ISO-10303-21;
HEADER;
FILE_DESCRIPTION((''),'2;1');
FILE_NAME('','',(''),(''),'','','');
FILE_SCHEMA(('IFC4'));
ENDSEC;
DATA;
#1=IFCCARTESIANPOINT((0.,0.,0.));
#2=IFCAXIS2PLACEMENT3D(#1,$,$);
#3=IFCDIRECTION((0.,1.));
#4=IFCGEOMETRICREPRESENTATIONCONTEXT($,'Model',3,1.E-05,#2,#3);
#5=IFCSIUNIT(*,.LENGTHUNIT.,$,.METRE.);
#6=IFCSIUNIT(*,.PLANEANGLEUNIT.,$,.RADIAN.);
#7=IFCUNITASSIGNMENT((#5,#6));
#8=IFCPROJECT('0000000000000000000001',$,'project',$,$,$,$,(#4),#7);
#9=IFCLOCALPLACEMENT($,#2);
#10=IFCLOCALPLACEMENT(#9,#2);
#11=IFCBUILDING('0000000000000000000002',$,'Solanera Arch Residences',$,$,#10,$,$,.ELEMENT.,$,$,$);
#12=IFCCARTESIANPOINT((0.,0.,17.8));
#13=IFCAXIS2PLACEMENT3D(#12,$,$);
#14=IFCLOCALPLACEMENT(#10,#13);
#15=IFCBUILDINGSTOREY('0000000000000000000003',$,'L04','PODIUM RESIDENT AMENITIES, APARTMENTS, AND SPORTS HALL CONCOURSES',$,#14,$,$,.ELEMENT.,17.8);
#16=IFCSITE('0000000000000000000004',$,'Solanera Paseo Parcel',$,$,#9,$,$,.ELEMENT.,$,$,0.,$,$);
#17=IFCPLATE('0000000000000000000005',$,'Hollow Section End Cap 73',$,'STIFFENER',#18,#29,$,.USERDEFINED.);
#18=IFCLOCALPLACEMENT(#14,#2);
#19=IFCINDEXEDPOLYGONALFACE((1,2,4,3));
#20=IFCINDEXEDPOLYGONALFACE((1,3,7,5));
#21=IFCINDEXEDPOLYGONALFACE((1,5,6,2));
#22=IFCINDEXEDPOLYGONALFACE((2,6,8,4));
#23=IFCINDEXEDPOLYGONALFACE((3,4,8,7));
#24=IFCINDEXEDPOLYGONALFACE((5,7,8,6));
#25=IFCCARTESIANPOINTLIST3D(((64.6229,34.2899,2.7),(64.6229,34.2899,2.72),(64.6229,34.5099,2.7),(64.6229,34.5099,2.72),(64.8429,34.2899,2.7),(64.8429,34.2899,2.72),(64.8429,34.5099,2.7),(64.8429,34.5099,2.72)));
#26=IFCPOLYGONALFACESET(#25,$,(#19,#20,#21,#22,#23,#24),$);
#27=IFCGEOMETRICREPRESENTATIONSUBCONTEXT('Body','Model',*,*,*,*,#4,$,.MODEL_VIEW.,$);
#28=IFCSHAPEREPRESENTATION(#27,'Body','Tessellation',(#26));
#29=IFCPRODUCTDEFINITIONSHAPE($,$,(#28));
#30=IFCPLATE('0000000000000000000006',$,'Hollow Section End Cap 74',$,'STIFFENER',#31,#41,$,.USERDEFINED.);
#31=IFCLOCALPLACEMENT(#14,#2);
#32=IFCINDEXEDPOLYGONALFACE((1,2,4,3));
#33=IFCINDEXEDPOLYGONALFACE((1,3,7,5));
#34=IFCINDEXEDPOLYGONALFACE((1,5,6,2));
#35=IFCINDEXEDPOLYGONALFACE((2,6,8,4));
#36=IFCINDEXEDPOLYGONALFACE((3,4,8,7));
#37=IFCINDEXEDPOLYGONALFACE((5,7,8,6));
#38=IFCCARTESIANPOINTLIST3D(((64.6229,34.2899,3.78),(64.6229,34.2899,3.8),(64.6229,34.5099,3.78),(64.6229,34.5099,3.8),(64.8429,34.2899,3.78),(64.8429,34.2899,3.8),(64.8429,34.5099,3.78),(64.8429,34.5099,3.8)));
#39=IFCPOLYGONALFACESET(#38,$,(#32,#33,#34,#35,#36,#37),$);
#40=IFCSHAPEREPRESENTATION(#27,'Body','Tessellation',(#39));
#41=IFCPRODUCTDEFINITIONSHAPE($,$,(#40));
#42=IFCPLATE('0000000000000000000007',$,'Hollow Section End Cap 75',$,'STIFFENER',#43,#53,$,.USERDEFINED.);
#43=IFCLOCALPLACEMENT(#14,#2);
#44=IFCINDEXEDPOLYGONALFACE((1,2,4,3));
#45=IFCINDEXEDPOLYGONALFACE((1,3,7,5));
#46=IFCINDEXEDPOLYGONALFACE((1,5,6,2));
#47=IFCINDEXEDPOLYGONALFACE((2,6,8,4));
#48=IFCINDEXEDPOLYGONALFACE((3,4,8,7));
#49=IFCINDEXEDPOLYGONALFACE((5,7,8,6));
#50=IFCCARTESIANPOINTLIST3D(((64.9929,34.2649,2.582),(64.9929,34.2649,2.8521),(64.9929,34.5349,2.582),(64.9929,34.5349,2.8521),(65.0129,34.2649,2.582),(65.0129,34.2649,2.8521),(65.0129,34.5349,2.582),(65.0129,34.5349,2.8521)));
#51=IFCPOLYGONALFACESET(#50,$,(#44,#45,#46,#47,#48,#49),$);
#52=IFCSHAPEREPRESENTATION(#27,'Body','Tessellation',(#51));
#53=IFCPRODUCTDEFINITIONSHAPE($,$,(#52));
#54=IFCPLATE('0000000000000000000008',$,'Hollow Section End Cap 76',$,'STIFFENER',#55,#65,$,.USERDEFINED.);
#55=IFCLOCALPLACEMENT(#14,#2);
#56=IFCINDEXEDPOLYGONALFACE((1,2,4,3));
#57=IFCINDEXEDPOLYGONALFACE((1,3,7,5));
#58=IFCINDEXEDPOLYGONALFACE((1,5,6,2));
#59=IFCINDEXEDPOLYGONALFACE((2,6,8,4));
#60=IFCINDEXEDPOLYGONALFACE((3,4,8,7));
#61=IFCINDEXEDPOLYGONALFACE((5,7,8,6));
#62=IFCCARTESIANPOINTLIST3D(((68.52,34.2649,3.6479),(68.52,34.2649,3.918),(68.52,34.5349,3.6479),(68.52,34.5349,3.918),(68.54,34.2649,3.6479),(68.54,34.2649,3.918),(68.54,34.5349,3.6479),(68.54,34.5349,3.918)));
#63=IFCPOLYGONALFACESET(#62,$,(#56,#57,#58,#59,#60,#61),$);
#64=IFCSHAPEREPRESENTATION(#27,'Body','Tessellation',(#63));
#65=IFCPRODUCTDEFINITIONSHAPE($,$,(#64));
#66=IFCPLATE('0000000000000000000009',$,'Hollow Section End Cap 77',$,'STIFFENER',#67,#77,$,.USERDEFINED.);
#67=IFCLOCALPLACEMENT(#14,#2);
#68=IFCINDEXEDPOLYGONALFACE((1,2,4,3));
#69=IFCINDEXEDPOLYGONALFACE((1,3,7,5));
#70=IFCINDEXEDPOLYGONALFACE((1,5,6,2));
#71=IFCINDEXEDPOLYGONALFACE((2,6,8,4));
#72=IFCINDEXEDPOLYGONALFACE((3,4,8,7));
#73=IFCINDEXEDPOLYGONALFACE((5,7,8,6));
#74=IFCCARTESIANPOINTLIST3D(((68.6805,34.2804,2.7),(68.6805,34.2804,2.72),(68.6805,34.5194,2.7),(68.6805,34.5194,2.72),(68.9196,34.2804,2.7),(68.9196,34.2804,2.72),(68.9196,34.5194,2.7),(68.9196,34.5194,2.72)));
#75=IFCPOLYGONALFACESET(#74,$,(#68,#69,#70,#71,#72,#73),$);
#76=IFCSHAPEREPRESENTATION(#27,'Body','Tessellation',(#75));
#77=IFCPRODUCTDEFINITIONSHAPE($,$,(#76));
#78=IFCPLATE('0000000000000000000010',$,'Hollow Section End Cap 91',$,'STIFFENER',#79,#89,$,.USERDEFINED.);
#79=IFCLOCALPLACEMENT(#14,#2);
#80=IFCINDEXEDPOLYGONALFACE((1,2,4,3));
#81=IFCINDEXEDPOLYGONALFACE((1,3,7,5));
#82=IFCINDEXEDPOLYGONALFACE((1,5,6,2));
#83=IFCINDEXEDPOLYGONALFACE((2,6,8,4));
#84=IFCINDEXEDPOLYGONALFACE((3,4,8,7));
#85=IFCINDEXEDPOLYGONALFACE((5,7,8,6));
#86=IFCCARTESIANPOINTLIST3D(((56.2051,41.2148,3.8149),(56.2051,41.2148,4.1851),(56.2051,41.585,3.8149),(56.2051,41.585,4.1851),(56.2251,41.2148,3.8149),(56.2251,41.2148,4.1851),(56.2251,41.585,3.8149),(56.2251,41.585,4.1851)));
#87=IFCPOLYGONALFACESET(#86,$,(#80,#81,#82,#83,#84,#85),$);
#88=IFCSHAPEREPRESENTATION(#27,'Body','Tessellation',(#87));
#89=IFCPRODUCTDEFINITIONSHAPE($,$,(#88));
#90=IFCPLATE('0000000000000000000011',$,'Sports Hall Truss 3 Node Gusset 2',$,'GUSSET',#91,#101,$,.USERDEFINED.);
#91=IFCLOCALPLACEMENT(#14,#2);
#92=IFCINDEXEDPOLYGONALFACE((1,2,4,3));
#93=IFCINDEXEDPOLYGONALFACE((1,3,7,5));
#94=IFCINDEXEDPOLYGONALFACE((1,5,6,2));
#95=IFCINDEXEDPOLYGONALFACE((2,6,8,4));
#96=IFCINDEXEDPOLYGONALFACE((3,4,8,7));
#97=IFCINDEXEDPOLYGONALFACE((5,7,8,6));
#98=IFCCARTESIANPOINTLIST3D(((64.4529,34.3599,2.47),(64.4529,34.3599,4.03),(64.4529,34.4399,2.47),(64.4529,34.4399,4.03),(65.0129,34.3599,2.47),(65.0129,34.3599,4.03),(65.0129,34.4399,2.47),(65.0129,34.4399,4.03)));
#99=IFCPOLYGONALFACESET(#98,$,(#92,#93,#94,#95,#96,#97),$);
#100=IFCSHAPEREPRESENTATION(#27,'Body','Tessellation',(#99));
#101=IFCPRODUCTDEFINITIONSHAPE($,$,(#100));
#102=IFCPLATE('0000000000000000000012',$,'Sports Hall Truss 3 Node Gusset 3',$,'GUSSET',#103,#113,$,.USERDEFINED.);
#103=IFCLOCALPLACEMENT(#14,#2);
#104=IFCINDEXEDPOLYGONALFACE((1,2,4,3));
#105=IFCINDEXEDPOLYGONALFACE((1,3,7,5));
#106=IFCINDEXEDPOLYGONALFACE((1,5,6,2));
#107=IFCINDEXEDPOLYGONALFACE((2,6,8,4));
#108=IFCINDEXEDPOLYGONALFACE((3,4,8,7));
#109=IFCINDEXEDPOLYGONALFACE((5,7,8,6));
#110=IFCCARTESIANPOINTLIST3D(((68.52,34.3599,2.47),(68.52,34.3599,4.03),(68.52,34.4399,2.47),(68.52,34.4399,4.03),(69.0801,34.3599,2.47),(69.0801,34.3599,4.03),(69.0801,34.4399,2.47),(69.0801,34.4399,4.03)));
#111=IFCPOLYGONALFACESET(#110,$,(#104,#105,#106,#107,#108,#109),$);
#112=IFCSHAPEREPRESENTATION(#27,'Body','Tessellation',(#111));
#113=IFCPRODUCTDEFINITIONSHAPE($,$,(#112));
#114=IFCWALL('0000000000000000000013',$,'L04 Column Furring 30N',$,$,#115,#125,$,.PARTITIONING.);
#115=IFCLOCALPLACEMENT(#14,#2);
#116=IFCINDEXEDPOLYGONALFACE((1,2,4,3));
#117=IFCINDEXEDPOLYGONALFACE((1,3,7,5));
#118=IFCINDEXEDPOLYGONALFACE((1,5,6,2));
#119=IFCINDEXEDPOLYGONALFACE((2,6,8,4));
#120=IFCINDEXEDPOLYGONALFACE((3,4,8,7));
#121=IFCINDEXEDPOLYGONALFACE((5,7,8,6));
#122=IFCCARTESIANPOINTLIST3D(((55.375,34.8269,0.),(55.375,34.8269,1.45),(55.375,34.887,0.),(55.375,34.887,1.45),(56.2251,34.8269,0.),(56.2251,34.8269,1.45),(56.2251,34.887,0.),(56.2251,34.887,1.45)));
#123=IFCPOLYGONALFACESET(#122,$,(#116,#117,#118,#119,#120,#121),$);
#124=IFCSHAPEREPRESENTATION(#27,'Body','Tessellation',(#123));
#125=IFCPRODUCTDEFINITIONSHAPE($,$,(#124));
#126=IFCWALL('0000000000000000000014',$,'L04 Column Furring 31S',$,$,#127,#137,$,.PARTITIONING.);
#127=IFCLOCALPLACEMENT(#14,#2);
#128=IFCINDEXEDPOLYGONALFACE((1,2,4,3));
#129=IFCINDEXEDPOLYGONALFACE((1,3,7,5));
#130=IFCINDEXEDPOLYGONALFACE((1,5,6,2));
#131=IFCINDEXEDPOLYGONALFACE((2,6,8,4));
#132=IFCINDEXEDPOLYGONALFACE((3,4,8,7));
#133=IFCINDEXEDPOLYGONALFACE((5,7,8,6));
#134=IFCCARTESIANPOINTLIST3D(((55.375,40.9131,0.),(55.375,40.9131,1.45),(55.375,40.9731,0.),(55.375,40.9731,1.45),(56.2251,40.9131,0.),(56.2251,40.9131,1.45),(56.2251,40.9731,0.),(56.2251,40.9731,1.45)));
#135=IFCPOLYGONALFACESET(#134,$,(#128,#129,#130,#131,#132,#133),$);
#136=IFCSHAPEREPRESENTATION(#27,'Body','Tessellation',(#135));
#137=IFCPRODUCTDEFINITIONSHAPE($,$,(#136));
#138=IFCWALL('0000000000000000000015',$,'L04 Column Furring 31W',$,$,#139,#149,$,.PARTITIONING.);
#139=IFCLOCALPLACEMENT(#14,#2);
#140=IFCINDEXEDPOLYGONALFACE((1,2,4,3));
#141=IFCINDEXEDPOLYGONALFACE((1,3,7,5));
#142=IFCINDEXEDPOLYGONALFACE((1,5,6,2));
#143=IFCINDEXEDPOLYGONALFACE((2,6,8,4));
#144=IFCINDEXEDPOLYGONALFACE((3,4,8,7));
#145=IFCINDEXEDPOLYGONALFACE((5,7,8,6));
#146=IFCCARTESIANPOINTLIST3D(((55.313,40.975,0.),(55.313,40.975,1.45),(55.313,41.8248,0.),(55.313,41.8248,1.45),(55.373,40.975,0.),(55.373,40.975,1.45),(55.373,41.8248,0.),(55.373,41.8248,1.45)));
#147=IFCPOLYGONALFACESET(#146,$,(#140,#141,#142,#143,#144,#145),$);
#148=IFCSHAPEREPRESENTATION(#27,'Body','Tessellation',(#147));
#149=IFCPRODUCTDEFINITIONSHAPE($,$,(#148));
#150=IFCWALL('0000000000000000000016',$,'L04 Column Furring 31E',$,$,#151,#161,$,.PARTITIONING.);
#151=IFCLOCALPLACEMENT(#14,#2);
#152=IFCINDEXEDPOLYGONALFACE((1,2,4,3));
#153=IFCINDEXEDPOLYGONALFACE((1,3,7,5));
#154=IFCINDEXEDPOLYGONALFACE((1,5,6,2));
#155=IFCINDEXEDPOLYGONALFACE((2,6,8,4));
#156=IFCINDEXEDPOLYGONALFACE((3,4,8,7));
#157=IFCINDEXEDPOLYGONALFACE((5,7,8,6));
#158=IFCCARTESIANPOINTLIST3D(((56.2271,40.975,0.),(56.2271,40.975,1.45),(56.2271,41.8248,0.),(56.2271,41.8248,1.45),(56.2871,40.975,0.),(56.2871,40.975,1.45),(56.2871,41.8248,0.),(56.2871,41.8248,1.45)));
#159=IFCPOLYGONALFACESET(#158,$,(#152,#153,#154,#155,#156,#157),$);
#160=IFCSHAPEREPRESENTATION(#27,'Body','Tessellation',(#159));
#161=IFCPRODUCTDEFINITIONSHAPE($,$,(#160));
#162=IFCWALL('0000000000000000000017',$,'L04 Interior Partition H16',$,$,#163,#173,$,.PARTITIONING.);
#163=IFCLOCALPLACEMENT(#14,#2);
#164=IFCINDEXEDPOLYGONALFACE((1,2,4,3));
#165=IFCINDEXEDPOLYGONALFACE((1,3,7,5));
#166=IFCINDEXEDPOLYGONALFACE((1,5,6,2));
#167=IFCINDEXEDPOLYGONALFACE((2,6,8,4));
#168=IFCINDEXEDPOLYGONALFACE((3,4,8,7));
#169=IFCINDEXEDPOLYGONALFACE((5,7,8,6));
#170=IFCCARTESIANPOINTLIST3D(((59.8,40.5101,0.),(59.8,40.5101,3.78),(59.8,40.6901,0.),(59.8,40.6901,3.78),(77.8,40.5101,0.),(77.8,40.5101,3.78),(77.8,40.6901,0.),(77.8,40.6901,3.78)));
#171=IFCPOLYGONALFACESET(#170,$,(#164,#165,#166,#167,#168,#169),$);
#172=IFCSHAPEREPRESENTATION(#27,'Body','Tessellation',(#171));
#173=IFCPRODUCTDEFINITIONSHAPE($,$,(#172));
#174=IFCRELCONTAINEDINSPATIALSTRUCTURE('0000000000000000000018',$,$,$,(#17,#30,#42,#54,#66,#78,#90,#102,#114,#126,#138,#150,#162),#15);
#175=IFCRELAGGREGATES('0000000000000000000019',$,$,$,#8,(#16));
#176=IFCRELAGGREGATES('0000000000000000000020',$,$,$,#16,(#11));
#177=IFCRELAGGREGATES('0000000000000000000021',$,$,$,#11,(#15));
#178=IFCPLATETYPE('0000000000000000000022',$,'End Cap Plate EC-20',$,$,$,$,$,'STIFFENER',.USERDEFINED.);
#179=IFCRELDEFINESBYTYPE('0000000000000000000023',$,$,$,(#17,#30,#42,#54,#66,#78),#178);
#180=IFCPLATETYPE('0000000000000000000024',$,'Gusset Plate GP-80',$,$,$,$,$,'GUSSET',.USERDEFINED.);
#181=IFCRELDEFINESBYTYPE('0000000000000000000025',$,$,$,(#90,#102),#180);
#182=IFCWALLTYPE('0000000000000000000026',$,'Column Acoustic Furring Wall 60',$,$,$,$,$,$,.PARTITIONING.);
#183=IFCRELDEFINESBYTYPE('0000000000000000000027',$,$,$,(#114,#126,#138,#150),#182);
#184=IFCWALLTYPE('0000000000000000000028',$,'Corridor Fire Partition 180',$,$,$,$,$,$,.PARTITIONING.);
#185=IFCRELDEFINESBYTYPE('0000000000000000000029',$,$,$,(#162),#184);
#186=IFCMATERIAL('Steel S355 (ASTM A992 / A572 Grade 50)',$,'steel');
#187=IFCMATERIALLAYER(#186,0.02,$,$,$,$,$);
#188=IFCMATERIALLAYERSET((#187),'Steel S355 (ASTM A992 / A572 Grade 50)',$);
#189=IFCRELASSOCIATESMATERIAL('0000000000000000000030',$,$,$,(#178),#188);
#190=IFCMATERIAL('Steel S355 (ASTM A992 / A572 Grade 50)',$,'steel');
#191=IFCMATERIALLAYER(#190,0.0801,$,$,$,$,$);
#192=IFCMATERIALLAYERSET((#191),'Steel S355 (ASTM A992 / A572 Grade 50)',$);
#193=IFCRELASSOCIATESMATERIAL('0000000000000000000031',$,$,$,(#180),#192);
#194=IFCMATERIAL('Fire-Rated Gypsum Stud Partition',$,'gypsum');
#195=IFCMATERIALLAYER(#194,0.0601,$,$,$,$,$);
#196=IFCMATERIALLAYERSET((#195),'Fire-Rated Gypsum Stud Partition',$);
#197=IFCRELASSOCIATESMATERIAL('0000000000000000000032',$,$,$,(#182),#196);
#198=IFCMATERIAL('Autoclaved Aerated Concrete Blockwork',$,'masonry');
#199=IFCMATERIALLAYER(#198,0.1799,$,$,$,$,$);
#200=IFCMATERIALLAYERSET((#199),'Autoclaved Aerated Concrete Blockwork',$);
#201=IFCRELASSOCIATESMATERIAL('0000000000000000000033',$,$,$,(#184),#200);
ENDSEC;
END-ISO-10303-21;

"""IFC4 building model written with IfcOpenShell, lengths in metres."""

from ifc_helpers import new_model, si_unit, direction, frame, frame_2d, origin, origin_2d, place, context, subcontext, project, spatial, rectangle, extrude, material, layer, layer_set, type_object, element, save


model = new_model("IFC4")

# Units and contexts
model_context = context("Model", 3, precision=1e-05, world=origin(), true_north=direction((0.0, 1.0)))
body_context = subcontext(model_context, "Body", "Model", "MODEL_VIEW")
ifc_project = project(units=[si_unit("LENGTHUNIT", "METRE"), si_unit("PLANEANGLEUNIT", "RADIAN")], contexts=[model_context])

# Site, building, storey
site_placement = place(None, origin())
site = spatial("IfcSite", under=ifc_project, at=site_placement, Name="Solanera Paseo Parcel", CompositionType="ELEMENT", RefElevation=0.0)
building_placement = place(site_placement, origin())
building = spatial("IfcBuilding", under=site, at=building_placement, Name="Solanera Arch Residences", CompositionType="ELEMENT")
storey_placement = place(building_placement, frame((0.0, 0.0, 17.8)))
storey = spatial("IfcBuildingStorey", under=building, at=storey_placement, Name="L04", Description="PODIUM RESIDENT AMENITIES, APARTMENTS, AND SPORTS HALL CONCOURSES", CompositionType="ELEMENT", Elevation=17.8)

# Plates
ifc_material_1 = material(Name="Steel S355 (ASTM A992 / A572 Grade 50)", Category="steel")
ifc_layer_1 = layer(ifc_material_1, 0.02)
ifc_layer_set_1 = layer_set([ifc_layer_1], Name="Steel S355 (ASTM A992 / A572 Grade 50)")
plate_type_1 = type_object("IfcPlateType", Name="End Cap Plate EC-20", ElementType="STIFFENER", PredefinedType="USERDEFINED", material=ifc_layer_set_1)
for number, where, z_axis, x_axis, name in (
    (1, (64.7329, 34.3999, 2.7), (0.0, 0.0, 1.0), (1.0, 0.0, 0.0), "Hollow Section End Cap 73"),
    (2, (64.7329, 34.3999, 3.78), (0.0, 0.0, 1.0), (1.0, 0.0, 0.0), "Hollow Section End Cap 74"),
):
    element("IfcPlate", number, at=place(storey_placement, frame(where, z_axis=z_axis, x_axis=x_axis)), inside=storey, type_object=plate_type_1, Name=name, ObjectType="STIFFENER", PredefinedType="USERDEFINED", context=body_context, shape_type="SweptSolid", body=[
        extrude(rectangle(XDim=0.22, YDim=0.22, at=origin_2d()), origin(), (0.0, 0.0, 1.0), 0.02),
    ])
for number, where, z_axis, x_axis, name in (
    (3, (65.0029, 34.3999, 2.582), (0.0, 0.0, 1.0), (-1.0, 0.0, 0.0), "Hollow Section End Cap 75"),
    (4, (68.53, 34.3999, 3.6479), (0.0, 0.0, 1.0), (1.0, 0.0, 0.0), "Hollow Section End Cap 76"),
):
    element("IfcPlate", number, at=place(storey_placement, frame(where, z_axis=z_axis, x_axis=x_axis)), inside=storey, type_object=plate_type_1, Name=name, ObjectType="STIFFENER", PredefinedType="USERDEFINED", context=body_context, shape_type="SweptSolid", body=[
        extrude(rectangle(XDim=0.02, YDim=0.27, at=origin_2d()), origin(), (0.0, 0.0, 1.0), 0.27),
    ])
plate_1_placement = place(storey_placement, frame((68.8, 34.3999, 2.7), z_axis=(0.0, 0.0, 1.0), x_axis=(1.0, 0.0, 0.0)))
element("IfcPlate", 5, at=plate_1_placement, inside=storey, type_object=plate_type_1, Name="Hollow Section End Cap 77", ObjectType="STIFFENER", PredefinedType="USERDEFINED", context=body_context, shape_type="SweptSolid", body=[
    extrude(rectangle(XDim=0.239, YDim=0.239, at=origin_2d()), origin(), (0.0, 0.0, 1.0), 0.02),
])
plate_2_placement = place(storey_placement, frame((56.2151, 41.3999, 3.8149), z_axis=(0.0, 0.0, 1.0), x_axis=(-1.0, 0.0, 0.0)))
element("IfcPlate", 6, at=plate_2_placement, inside=storey, type_object=plate_type_1, Name="Hollow Section End Cap 91", ObjectType="STIFFENER", PredefinedType="USERDEFINED", context=body_context, shape_type="SweptSolid", body=[
    extrude(rectangle(XDim=0.02, YDim=0.3701, at=origin_2d()), origin(), (0.0, 0.0, 1.0), 0.3701),
])
ifc_material_2 = material(Name="Steel S355 (ASTM A992 / A572 Grade 50)", Category="steel")
ifc_layer_2 = layer(ifc_material_2, 0.0801)
ifc_layer_set_2 = layer_set([ifc_layer_2], Name="Steel S355 (ASTM A992 / A572 Grade 50)")
plate_type_2 = type_object("IfcPlateType", Name="Gusset Plate GP-80", ElementType="GUSSET", PredefinedType="USERDEFINED", material=ifc_layer_set_2)
for number, where, z_axis, x_axis, name in (
    (7, (64.7329, 34.3999, 2.47), (0.0, 0.0, 1.0), (1.0, 0.0, 0.0), "Sports Hall Truss 3 Node Gusset 2"),
    (8, (68.8, 34.3999, 2.47), (0.0, 0.0, 1.0), (1.0, 0.0, 0.0), "Sports Hall Truss 3 Node Gusset 3"),
):
    element("IfcPlate", number, at=place(storey_placement, frame(where, z_axis=z_axis, x_axis=x_axis)), inside=storey, type_object=plate_type_2, Name=name, ObjectType="GUSSET", PredefinedType="USERDEFINED", context=body_context, shape_type="SweptSolid", body=[
        extrude(rectangle(XDim=0.5601, YDim=0.0801, at=origin_2d()), origin(), (0.0, 0.0, 1.0), 1.5601),
    ])

# Walls
ifc_material_3 = material(Name="Fire-Rated Gypsum Stud Partition", Category="gypsum")
ifc_layer_3 = layer(ifc_material_3, 0.0601)
ifc_layer_set_3 = layer_set([ifc_layer_3], Name="Fire-Rated Gypsum Stud Partition")
wall_type_1 = type_object("IfcWallType", Name="Column Acoustic Furring Wall 60", PredefinedType="PARTITIONING", material=ifc_layer_set_3)
for number, where, z_axis, x_axis, name in (
    (9, (55.375, 34.8569, 0.0), (0.0, 0.0, 1.0), (1.0, 0.0, 0.0), "L04 Column Furring 30N"),
    (10, (55.375, 40.9431, 0.0), (0.0, 0.0, 1.0), (1.0, 0.0, 0.0), "L04 Column Furring 31S"),
):
    element("IfcWall", number, at=place(storey_placement, frame(where, z_axis=z_axis, x_axis=x_axis)), inside=storey, type_object=wall_type_1, Name=name, PredefinedType="PARTITIONING", context=body_context, shape_type="SweptSolid", body=[
        extrude(rectangle(XDim=0.8501, YDim=0.0601, at=frame_2d((0.425, 0.0))), origin(), (0.0, 0.0, 1.0), 1.45),
    ])
for number, where, z_axis, x_axis, name in (
    (11, (55.343, 40.9751, 0.0), (0.0, 0.0, 1.0), (0.0, 1.0, 0.0), "L04 Column Furring 31W"),
    (12, (56.2571, 40.9751, 0.0), (0.0, 0.0, 1.0), (0.0, 1.0, 0.0), "L04 Column Furring 31E"),
):
    element("IfcWall", number, at=place(storey_placement, frame(where, z_axis=z_axis, x_axis=x_axis)), inside=storey, type_object=wall_type_1, Name=name, PredefinedType="PARTITIONING", context=body_context, shape_type="SweptSolid", body=[
        extrude(rectangle(XDim=0.8499, YDim=0.0601, at=frame_2d((0.4248, 0.0))), origin(), (0.0, 0.0, 1.0), 1.45),
    ])
ifc_material_4 = material(Name="Autoclaved Aerated Concrete Blockwork", Category="masonry")
ifc_layer_4 = layer(ifc_material_4, 0.1799)
ifc_layer_set_4 = layer_set([ifc_layer_4], Name="Autoclaved Aerated Concrete Blockwork")
wall_type_2 = type_object("IfcWallType", Name="Corridor Fire Partition 180", PredefinedType="PARTITIONING", material=ifc_layer_set_4)
wall_1_placement = place(storey_placement, frame((59.8, 40.6001, 0.0), z_axis=(0.0, 0.0, 1.0), x_axis=(1.0, 0.0, 0.0)))
element("IfcWall", 13, at=wall_1_placement, inside=storey, type_object=wall_type_2, Name="L04 Interior Partition H16", PredefinedType="PARTITIONING", context=body_context, shape_type="SweptSolid", body=[
    extrude(rectangle(XDim=18.0, YDim=0.1799, at=frame_2d((9.0, 0.0))), origin(), (0.0, 0.0, 1.0), 3.78),
])

save(model, "model.ifc")
